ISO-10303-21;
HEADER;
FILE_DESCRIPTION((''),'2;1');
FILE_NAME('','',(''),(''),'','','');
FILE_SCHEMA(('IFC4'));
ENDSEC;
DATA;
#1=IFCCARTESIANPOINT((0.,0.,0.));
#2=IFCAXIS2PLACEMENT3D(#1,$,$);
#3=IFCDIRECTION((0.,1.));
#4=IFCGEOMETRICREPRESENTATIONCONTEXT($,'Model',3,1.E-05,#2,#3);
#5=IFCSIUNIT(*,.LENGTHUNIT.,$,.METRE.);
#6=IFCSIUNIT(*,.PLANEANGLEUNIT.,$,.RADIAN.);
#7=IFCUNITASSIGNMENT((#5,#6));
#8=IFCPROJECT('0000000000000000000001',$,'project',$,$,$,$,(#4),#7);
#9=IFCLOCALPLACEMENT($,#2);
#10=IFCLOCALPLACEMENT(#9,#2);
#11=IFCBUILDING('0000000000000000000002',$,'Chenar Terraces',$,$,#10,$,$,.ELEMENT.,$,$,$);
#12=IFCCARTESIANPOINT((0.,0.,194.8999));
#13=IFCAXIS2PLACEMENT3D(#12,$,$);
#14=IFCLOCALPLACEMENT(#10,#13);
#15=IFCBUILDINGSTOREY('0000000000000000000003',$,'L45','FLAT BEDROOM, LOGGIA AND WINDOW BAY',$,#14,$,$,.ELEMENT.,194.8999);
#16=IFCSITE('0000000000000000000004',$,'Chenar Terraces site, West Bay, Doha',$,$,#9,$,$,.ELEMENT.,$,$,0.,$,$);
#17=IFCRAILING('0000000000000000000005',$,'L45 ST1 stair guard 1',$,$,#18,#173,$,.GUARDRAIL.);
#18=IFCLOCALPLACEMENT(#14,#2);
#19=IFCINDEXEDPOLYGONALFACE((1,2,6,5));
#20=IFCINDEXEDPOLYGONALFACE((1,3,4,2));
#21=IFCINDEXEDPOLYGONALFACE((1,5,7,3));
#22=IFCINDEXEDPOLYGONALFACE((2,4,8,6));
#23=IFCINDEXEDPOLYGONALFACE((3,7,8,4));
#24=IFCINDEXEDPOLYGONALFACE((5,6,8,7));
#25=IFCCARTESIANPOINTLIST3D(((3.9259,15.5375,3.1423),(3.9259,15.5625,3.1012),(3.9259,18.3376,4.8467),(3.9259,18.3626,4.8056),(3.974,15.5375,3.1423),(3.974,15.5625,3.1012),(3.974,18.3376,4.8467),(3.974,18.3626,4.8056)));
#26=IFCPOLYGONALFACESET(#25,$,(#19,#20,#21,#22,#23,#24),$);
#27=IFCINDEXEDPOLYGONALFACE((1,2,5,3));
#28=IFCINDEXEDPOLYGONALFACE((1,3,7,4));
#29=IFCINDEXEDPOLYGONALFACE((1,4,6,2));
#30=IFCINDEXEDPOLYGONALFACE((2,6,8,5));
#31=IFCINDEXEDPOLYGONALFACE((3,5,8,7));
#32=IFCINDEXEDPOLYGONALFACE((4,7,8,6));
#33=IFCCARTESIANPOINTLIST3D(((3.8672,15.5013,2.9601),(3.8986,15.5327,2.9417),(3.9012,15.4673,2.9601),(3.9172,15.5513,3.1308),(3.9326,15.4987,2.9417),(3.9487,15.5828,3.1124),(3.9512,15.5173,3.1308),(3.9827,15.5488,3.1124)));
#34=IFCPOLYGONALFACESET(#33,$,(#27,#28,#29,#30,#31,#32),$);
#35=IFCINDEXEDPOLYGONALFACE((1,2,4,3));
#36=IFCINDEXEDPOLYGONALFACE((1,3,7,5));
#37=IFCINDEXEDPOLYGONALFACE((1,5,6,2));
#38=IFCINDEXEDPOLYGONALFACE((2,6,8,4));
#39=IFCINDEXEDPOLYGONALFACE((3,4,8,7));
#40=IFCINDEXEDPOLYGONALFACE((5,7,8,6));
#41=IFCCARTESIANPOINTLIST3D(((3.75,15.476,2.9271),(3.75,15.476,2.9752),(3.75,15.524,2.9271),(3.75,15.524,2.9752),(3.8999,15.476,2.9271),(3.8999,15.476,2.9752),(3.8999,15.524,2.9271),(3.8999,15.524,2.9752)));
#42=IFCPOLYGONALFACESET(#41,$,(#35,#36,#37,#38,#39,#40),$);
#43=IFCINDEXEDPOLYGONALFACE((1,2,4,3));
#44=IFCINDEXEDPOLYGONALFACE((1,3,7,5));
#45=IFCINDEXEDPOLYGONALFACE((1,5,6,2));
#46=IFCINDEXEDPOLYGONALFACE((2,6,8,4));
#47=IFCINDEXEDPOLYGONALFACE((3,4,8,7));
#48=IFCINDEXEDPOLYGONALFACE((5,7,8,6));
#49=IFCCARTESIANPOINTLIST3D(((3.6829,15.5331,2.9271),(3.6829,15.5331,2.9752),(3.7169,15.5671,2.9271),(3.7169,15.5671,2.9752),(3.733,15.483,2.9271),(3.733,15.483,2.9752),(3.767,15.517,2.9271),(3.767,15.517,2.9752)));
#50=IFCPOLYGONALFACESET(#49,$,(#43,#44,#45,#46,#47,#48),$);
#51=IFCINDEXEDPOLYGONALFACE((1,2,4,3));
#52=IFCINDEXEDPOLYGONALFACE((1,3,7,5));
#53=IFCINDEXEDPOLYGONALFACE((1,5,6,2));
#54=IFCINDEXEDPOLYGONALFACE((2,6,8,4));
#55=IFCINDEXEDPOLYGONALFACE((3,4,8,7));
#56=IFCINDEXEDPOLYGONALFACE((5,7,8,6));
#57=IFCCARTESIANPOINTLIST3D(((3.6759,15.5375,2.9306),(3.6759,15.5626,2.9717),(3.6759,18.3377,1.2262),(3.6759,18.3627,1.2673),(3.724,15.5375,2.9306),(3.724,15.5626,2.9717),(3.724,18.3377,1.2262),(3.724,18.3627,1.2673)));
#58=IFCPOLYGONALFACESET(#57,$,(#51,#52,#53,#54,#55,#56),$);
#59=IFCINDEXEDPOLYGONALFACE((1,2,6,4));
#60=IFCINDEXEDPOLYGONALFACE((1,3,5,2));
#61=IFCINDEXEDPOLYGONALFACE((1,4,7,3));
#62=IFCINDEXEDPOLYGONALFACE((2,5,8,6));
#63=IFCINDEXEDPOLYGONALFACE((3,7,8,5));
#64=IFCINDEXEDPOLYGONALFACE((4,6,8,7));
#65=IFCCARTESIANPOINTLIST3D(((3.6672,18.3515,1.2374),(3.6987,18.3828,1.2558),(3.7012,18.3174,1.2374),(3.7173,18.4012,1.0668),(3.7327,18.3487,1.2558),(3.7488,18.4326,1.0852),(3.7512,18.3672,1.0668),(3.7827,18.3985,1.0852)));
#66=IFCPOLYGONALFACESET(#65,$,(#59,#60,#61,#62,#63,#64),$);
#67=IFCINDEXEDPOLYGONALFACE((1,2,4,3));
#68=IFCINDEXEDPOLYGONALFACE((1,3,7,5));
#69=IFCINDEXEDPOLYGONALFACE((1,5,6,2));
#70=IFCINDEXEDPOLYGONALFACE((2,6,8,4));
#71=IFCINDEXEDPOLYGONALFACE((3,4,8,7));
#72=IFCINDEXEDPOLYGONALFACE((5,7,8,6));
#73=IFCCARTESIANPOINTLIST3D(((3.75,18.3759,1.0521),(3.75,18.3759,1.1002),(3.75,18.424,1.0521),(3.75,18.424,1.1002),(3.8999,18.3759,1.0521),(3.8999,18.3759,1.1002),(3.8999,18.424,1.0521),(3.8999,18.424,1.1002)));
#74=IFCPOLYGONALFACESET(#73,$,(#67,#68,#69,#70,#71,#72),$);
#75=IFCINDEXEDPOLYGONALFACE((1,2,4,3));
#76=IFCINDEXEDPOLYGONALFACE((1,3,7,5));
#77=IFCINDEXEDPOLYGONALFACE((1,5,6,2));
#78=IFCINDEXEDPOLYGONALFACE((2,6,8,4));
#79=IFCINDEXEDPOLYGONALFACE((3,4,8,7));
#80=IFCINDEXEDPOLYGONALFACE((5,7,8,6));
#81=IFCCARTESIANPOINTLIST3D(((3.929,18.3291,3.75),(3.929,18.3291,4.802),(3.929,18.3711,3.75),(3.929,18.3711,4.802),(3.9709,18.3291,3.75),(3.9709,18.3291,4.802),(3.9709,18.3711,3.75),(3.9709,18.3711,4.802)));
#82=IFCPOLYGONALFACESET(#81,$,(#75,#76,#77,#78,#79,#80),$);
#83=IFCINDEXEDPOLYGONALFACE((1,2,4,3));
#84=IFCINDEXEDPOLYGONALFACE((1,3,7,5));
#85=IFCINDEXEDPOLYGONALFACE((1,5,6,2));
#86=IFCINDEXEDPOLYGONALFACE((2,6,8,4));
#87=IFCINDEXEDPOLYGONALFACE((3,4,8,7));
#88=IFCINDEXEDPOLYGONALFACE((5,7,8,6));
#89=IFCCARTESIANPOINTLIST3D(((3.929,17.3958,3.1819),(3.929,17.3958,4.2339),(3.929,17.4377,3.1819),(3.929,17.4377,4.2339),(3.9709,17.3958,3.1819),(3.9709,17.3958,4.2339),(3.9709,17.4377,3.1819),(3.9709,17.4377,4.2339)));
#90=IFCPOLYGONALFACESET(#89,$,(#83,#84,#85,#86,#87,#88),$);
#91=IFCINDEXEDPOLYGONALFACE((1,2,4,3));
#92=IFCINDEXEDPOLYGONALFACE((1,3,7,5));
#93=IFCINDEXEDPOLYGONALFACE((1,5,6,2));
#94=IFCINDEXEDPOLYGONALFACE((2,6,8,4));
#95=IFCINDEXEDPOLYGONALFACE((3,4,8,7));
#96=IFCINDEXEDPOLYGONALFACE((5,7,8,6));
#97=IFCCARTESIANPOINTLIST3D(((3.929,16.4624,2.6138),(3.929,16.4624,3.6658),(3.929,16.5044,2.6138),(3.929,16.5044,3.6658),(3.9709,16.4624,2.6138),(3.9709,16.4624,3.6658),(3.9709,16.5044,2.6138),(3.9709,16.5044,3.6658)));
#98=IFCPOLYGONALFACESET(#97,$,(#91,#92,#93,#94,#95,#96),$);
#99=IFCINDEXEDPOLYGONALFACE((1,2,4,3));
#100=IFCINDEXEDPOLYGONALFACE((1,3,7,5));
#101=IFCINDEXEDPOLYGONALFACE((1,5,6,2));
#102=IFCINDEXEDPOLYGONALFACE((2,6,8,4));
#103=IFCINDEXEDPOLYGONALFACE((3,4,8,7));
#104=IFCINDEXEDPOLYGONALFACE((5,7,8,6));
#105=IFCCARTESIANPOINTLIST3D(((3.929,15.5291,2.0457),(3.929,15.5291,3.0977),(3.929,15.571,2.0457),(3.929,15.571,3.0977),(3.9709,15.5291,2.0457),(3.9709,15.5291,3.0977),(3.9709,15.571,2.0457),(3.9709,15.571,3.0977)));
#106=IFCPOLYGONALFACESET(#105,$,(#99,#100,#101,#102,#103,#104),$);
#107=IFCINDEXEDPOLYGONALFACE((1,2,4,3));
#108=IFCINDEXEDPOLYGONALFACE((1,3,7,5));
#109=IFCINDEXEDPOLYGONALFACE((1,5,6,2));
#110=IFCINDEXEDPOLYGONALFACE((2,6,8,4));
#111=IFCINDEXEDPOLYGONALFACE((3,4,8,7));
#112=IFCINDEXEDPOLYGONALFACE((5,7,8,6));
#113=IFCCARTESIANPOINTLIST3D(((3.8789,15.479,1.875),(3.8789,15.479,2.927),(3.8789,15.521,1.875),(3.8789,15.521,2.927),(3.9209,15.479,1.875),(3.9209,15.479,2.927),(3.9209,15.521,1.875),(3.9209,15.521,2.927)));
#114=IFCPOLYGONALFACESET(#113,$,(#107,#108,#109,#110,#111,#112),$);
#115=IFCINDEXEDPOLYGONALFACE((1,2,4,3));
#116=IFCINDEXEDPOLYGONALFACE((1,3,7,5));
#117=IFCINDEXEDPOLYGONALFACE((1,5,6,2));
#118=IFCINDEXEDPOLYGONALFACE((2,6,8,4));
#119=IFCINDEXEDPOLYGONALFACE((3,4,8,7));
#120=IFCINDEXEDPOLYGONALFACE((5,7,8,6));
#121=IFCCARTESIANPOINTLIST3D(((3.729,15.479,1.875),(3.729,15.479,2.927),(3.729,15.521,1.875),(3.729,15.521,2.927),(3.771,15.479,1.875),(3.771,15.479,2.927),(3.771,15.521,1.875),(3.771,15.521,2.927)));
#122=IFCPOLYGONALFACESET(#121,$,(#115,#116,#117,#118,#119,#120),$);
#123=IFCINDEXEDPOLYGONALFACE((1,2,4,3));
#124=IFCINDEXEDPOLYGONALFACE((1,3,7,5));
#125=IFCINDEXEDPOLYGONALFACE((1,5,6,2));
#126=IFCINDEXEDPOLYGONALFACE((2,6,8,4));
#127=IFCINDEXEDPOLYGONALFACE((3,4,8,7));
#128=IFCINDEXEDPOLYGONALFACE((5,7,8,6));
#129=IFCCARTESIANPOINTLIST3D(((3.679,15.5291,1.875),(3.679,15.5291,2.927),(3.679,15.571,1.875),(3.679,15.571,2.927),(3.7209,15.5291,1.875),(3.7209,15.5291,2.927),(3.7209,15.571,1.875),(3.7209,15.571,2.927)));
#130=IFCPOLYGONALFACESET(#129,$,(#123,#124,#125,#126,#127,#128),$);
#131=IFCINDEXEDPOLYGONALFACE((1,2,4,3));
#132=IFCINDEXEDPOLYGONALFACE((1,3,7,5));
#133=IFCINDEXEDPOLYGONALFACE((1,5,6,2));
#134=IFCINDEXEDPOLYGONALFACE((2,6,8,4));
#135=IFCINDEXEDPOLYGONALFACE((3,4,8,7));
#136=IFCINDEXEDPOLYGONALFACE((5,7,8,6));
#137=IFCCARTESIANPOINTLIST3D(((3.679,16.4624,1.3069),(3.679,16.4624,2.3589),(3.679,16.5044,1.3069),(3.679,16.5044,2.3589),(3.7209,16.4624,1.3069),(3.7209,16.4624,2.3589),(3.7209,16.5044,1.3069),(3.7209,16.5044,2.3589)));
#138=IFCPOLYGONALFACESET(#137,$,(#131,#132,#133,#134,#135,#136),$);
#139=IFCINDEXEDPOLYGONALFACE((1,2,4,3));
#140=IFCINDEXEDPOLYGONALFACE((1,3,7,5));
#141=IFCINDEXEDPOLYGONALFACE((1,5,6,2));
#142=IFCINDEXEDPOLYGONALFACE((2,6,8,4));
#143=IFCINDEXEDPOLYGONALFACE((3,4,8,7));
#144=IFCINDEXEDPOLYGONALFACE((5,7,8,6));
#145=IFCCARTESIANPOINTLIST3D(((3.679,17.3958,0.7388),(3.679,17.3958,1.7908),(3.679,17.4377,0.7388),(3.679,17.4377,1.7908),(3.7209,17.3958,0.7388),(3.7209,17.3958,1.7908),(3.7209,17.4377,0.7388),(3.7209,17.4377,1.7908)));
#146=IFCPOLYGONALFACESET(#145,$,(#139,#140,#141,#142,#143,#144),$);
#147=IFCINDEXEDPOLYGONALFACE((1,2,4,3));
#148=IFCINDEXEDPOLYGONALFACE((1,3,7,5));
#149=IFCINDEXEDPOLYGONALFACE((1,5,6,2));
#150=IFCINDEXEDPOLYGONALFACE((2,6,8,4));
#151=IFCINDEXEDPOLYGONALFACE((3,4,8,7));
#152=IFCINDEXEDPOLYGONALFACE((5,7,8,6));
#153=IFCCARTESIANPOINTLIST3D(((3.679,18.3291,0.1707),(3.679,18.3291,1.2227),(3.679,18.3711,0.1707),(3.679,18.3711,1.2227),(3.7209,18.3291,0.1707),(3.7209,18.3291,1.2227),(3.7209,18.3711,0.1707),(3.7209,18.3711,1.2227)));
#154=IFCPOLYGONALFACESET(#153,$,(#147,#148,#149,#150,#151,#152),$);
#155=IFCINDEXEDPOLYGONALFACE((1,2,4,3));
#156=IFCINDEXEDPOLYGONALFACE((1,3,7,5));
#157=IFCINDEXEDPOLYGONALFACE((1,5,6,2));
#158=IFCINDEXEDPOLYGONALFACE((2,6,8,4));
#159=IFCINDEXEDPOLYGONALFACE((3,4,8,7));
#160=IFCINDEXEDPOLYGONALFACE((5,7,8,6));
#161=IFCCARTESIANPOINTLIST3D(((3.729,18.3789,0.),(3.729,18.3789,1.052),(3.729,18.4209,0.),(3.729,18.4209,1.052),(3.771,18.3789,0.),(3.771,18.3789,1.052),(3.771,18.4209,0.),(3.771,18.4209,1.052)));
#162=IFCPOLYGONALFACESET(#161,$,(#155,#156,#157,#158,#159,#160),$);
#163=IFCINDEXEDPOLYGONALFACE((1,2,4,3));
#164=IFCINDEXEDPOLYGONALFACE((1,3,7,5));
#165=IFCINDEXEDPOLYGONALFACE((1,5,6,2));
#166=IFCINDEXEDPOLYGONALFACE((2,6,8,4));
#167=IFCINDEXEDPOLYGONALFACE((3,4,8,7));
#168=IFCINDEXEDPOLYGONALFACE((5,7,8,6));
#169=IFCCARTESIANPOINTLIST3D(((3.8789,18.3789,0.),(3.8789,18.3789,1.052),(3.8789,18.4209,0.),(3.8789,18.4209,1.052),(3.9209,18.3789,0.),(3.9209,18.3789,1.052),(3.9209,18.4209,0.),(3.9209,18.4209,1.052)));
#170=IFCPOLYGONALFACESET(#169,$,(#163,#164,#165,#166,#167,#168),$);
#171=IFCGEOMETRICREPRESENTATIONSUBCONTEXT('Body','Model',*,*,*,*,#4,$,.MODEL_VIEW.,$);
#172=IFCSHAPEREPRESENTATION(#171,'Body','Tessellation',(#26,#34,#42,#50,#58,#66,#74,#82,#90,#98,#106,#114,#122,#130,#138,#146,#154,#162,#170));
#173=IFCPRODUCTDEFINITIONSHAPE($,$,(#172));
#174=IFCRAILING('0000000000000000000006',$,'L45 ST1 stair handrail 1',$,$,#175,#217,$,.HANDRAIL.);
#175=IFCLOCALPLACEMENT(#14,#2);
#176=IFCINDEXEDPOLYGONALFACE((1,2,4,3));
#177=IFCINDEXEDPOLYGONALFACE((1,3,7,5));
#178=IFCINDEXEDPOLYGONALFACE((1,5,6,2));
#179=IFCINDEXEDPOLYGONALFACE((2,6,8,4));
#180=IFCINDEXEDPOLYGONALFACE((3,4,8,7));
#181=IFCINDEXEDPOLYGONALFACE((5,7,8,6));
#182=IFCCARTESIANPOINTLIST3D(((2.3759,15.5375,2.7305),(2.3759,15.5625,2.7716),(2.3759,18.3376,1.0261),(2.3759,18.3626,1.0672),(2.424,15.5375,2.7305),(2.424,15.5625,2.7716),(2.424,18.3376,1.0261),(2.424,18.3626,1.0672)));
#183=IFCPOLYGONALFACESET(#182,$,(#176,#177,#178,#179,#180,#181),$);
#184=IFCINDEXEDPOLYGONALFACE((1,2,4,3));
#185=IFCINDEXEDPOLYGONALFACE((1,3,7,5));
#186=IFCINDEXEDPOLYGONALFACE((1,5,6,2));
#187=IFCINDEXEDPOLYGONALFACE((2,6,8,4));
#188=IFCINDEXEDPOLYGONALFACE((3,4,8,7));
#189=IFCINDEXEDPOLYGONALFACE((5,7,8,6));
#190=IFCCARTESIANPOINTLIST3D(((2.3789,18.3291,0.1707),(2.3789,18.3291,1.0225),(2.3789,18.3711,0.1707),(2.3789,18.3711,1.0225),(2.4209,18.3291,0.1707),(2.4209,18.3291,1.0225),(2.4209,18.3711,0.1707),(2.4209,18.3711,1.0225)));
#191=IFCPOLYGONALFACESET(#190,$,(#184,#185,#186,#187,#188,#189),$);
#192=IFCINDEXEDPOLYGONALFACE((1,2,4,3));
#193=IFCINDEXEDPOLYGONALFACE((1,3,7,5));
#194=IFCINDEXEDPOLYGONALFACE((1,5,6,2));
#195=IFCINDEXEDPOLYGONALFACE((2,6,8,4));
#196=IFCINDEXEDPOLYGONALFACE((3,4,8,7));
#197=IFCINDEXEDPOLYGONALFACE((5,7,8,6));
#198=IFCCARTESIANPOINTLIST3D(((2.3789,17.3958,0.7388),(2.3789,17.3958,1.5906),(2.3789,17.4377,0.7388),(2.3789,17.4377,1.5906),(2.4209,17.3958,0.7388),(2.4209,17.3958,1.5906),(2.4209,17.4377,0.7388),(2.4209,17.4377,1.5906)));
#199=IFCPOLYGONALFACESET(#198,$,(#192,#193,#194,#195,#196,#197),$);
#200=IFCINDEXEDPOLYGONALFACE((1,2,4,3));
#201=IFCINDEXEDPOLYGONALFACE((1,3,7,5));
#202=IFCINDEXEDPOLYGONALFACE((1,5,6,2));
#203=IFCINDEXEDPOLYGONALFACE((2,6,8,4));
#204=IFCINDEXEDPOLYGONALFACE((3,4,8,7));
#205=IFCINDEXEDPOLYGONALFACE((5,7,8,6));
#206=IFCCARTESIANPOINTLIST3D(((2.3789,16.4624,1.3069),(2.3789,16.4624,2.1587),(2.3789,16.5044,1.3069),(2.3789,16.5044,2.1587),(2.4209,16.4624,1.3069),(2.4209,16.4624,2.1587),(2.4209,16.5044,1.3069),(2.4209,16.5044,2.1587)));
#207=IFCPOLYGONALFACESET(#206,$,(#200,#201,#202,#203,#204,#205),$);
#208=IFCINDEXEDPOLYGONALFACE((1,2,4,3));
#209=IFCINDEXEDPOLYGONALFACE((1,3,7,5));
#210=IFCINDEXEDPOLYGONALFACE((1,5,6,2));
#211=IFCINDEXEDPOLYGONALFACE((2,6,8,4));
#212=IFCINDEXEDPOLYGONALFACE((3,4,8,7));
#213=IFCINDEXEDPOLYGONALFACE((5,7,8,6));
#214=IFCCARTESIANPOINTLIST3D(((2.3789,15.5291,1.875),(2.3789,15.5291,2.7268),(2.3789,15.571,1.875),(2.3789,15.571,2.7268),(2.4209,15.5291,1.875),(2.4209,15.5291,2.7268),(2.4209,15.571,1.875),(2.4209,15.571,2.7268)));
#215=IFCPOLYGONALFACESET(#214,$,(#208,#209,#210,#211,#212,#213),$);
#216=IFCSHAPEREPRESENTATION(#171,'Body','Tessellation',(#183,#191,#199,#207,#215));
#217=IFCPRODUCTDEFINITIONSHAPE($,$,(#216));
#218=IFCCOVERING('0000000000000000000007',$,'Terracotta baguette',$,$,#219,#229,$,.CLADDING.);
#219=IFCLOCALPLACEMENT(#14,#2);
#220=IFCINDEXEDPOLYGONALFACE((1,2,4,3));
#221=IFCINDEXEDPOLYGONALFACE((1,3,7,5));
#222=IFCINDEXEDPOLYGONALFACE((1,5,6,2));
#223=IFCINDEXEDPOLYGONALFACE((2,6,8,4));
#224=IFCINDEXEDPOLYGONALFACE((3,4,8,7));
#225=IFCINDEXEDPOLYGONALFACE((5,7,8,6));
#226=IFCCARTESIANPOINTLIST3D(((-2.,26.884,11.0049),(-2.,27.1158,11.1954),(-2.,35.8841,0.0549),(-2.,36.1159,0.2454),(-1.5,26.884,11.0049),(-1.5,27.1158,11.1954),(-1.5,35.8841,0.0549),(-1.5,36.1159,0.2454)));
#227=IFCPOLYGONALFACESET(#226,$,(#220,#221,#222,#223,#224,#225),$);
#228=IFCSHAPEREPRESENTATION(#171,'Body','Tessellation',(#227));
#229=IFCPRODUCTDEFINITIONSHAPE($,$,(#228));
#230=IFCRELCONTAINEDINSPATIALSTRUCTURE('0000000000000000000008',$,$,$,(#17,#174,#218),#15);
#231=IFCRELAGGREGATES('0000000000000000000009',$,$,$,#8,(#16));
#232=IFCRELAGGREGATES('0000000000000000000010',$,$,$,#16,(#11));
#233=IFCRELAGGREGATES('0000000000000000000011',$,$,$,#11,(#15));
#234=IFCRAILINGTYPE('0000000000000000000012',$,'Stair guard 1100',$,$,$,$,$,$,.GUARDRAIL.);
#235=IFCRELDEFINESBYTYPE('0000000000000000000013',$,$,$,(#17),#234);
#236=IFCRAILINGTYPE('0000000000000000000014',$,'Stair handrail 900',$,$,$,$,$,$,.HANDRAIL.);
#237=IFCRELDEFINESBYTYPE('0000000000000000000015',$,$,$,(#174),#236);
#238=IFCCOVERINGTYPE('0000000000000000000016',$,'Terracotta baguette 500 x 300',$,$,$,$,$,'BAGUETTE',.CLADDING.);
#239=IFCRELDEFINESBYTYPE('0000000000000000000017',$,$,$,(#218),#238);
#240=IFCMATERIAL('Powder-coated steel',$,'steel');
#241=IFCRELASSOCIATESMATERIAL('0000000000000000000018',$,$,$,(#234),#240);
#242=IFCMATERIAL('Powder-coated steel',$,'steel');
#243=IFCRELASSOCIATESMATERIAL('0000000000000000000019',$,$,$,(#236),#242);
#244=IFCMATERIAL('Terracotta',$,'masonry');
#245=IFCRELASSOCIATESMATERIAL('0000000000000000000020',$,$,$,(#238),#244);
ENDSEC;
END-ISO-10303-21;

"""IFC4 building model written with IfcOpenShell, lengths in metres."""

from ifc_helpers import new_model, si_unit, direction, frame, origin, origin_2d, place, context, subcontext, project, spatial, rectangle, extrude, material, material_profile, profile_set, type_object, element, save


model = new_model("IFC4")

# Units and contexts
model_context = context("Model", 3, precision=1e-05, world=origin(), true_north=direction((0.0, 1.0)))
body_context = subcontext(model_context, "Body", "Model", "MODEL_VIEW")
ifc_project = project(units=[si_unit("LENGTHUNIT", "METRE"), si_unit("PLANEANGLEUNIT", "RADIAN")], contexts=[model_context])

# Site, building, storey
site_placement = place(None, origin())
site = spatial("IfcSite", under=ifc_project, at=site_placement, Name="Chenar Terraces site, West Bay, Doha", CompositionType="ELEMENT", RefElevation=0.0)
building_placement = place(site_placement, origin())
building = spatial("IfcBuilding", under=site, at=building_placement, Name="Chenar Terraces", CompositionType="ELEMENT")
storey_placement = place(building_placement, frame((0.0, 0.0, 194.8999)))
storey = spatial("IfcBuildingStorey", under=building, at=storey_placement, Name="L45", Description="FLAT BEDROOM, LOGGIA AND WINDOW BAY", CompositionType="ELEMENT", Elevation=194.8999)

# Railings
ifc_material_1 = material(Name="Powder-coated steel", Category="steel")
railing_type_1 = type_object("IfcRailingType", Name="Stair guard 1100", PredefinedType="GUARDRAIL", material=ifc_material_1)
railing_1_placement = place(storey_placement, frame((3.95, 18.3501, 3.75)))
element("IfcRailing", 1, at=railing_1_placement, inside=storey, type_object=railing_type_1, Name="L45 ST1 stair guard 1", PredefinedType="GUARDRAIL", context=body_context, shape_type="SweptSolid", body=[
    extrude(rectangle(XDim=0.0481, YDim=0.0481, at=origin_2d()), frame((0.0, 0.0, 1.0762), z_axis=(0.0, -0.854203, -0.51994), x_axis=(1.0, 0.0, 0.0)), (0.0, 0.0, 1.0), 3.2781),
    extrude(rectangle(XDim=0.0481, YDim=0.0481, at=origin_2d()), frame((0.0, -2.8, -0.6284), z_axis=(-0.2709, -0.2709, -0.923703), x_axis=(0.707107, -0.707107, 0.0)), (0.0, 0.0, 1.0), 0.1848),
    extrude(rectangle(XDim=0.0481, YDim=0.0481, at=origin_2d()), frame((-0.05, -2.8501, -0.7988), z_axis=(-1.0, 0.0, 0.0), x_axis=(0.0, -1.0, 0.0)), (0.0, 0.0, 1.0), 0.1499),
    extrude(rectangle(XDim=0.0481, YDim=0.0481, at=origin_2d()), frame((-0.2, -2.8501, -0.7988), z_axis=(-0.707107, 0.707107, 0.0), x_axis=(-0.707107, -0.707107, 0.0)), (0.0, 0.0, 1.0), 0.0708),
    extrude(rectangle(XDim=0.0481, YDim=0.0481, at=origin_2d()), frame((-0.25, -2.8, -0.7988), z_axis=(0.0, 0.854203, -0.51994), x_axis=(-1.0, 0.0, 0.0)), (0.0, 0.0, 1.0), 3.2781),
    extrude(rectangle(XDim=0.0481, YDim=0.0481, at=origin_2d()), frame((-0.25, 0.0, -2.5034), z_axis=(0.270997, 0.269675, -0.924033), x_axis=(-0.705376, 0.708834, 0.0)), (0.0, 0.0, 1.0), 0.1846),
    extrude(rectangle(XDim=0.0481, YDim=0.0481, at=origin_2d()), frame((-0.2, 0.0498, -2.6738), z_axis=(1.0, 0.0, 0.0), x_axis=(0.0, 1.0, 0.0)), (0.0, 0.0, 1.0), 0.1499),
    extrude(rectangle(XDim=0.042, YDim=0.042, at=origin_2d()), origin(), (0.0, 0.0, 1.0), 1.052),
    extrude(rectangle(XDim=0.042, YDim=0.042, at=origin_2d()), frame((0.0, -0.9333, -0.5681)), (0.0, 0.0, 1.0), 1.052),
    extrude(rectangle(XDim=0.042, YDim=0.042, at=origin_2d()), frame((0.0, -1.8667, -1.1362)), (0.0, 0.0, 1.0), 1.052),
    extrude(rectangle(XDim=0.042, YDim=0.042, at=origin_2d()), frame((0.0, -2.8, -1.7043)), (0.0, 0.0, 1.0), 1.052),
    extrude(rectangle(XDim=0.042, YDim=0.042, at=origin_2d()), frame((-0.05, -2.8501, -1.875)), (0.0, 0.0, 1.0), 1.052),
    extrude(rectangle(XDim=0.042, YDim=0.042, at=origin_2d()), frame((-0.2, -2.8501, -1.875)), (0.0, 0.0, 1.0), 1.052),
    extrude(rectangle(XDim=0.042, YDim=0.042, at=origin_2d()), frame((-0.25, -2.8, -1.875)), (0.0, 0.0, 1.0), 1.052),
    extrude(rectangle(XDim=0.042, YDim=0.042, at=origin_2d()), frame((-0.25, -1.8667, -2.4431)), (0.0, 0.0, 1.0), 1.052),
    extrude(rectangle(XDim=0.042, YDim=0.042, at=origin_2d()), frame((-0.25, -0.9333, -3.0112)), (0.0, 0.0, 1.0), 1.052),
    extrude(rectangle(XDim=0.042, YDim=0.042, at=origin_2d()), frame((-0.25, 0.0, -3.5793)), (0.0, 0.0, 1.0), 1.052),
    extrude(rectangle(XDim=0.042, YDim=0.042, at=origin_2d()), frame((-0.2, 0.0498, -3.75)), (0.0, 0.0, 1.0), 1.052),
    extrude(rectangle(XDim=0.042, YDim=0.042, at=origin_2d()), frame((-0.05, 0.0498, -3.75)), (0.0, 0.0, 1.0), 1.052),
])
ifc_material_2 = material(Name="Powder-coated steel", Category="steel")
railing_type_2 = type_object("IfcRailingType", Name="Stair handrail 900", PredefinedType="HANDRAIL", material=ifc_material_2)
railing_2_placement = place(storey_placement, frame((2.3999, 18.3501, 0.1707)))
element("IfcRailing", 2, at=railing_2_placement, inside=storey, type_object=railing_type_2, Name="L45 ST1 stair handrail 1", PredefinedType="HANDRAIL", context=body_context, shape_type="SweptSolid", body=[
    extrude(rectangle(XDim=0.0481, YDim=0.0481, at=origin_2d()), frame((0.0, 0.0, 0.876), z_axis=(0.0, -0.854203, 0.51994), x_axis=(1.0, 0.0, 0.0)), (0.0, 0.0, 1.0), 3.2781),
    extrude(rectangle(XDim=0.042, YDim=0.042, at=origin_2d()), origin(), (0.0, 0.0, 1.0), 0.8518),
    extrude(rectangle(XDim=0.042, YDim=0.042, at=origin_2d()), frame((0.0, -0.9333, 0.5681)), (0.0, 0.0, 1.0), 0.8518),
    extrude(rectangle(XDim=0.042, YDim=0.042, at=origin_2d()), frame((0.0, -1.8667, 1.1362)), (0.0, 0.0, 1.0), 0.8518),
    extrude(rectangle(XDim=0.042, YDim=0.042, at=origin_2d()), frame((0.0, -2.8, 1.7043)), (0.0, 0.0, 1.0), 0.8518),
])

# Covering
ifc_material_3 = material(Name="Terracotta", Category="masonry")
ifc_material_profile_1 = material_profile(ifc_material_3, rectangle(XDim=0.5, YDim=0.3, at=origin_2d()), Name="Terracotta baguette 500 x 300")
ifc_profile_set_1 = profile_set([ifc_material_profile_1], Name="Terracotta")
covering_type = type_object("IfcCoveringType", Name="Terracotta baguette 500 x 300", ElementType="BAGUETTE", PredefinedType="CLADDING", material=ifc_profile_set_1)
for number, where, z_axis, x_axis, name in (
    (3, (-1.75, 36.0, 0.1501), (0.0, -0.634967, 0.772539), (1.0, 0.0, 0.0), "Terracotta baguette"),
):
    element("IfcCovering", number, at=place(storey_placement, frame(where, z_axis=z_axis, x_axis=x_axis)), inside=storey, type_object=covering_type, Name=name, PredefinedType="CLADDING", context=body_context, shape_type="SweptSolid", body=[
        extrude(rectangle(XDim=0.5, YDim=0.3, at=origin_2d()), origin(), (0.0, 0.0, 1.0), 14.1741),
    ])

save(model, "model.ifc")
